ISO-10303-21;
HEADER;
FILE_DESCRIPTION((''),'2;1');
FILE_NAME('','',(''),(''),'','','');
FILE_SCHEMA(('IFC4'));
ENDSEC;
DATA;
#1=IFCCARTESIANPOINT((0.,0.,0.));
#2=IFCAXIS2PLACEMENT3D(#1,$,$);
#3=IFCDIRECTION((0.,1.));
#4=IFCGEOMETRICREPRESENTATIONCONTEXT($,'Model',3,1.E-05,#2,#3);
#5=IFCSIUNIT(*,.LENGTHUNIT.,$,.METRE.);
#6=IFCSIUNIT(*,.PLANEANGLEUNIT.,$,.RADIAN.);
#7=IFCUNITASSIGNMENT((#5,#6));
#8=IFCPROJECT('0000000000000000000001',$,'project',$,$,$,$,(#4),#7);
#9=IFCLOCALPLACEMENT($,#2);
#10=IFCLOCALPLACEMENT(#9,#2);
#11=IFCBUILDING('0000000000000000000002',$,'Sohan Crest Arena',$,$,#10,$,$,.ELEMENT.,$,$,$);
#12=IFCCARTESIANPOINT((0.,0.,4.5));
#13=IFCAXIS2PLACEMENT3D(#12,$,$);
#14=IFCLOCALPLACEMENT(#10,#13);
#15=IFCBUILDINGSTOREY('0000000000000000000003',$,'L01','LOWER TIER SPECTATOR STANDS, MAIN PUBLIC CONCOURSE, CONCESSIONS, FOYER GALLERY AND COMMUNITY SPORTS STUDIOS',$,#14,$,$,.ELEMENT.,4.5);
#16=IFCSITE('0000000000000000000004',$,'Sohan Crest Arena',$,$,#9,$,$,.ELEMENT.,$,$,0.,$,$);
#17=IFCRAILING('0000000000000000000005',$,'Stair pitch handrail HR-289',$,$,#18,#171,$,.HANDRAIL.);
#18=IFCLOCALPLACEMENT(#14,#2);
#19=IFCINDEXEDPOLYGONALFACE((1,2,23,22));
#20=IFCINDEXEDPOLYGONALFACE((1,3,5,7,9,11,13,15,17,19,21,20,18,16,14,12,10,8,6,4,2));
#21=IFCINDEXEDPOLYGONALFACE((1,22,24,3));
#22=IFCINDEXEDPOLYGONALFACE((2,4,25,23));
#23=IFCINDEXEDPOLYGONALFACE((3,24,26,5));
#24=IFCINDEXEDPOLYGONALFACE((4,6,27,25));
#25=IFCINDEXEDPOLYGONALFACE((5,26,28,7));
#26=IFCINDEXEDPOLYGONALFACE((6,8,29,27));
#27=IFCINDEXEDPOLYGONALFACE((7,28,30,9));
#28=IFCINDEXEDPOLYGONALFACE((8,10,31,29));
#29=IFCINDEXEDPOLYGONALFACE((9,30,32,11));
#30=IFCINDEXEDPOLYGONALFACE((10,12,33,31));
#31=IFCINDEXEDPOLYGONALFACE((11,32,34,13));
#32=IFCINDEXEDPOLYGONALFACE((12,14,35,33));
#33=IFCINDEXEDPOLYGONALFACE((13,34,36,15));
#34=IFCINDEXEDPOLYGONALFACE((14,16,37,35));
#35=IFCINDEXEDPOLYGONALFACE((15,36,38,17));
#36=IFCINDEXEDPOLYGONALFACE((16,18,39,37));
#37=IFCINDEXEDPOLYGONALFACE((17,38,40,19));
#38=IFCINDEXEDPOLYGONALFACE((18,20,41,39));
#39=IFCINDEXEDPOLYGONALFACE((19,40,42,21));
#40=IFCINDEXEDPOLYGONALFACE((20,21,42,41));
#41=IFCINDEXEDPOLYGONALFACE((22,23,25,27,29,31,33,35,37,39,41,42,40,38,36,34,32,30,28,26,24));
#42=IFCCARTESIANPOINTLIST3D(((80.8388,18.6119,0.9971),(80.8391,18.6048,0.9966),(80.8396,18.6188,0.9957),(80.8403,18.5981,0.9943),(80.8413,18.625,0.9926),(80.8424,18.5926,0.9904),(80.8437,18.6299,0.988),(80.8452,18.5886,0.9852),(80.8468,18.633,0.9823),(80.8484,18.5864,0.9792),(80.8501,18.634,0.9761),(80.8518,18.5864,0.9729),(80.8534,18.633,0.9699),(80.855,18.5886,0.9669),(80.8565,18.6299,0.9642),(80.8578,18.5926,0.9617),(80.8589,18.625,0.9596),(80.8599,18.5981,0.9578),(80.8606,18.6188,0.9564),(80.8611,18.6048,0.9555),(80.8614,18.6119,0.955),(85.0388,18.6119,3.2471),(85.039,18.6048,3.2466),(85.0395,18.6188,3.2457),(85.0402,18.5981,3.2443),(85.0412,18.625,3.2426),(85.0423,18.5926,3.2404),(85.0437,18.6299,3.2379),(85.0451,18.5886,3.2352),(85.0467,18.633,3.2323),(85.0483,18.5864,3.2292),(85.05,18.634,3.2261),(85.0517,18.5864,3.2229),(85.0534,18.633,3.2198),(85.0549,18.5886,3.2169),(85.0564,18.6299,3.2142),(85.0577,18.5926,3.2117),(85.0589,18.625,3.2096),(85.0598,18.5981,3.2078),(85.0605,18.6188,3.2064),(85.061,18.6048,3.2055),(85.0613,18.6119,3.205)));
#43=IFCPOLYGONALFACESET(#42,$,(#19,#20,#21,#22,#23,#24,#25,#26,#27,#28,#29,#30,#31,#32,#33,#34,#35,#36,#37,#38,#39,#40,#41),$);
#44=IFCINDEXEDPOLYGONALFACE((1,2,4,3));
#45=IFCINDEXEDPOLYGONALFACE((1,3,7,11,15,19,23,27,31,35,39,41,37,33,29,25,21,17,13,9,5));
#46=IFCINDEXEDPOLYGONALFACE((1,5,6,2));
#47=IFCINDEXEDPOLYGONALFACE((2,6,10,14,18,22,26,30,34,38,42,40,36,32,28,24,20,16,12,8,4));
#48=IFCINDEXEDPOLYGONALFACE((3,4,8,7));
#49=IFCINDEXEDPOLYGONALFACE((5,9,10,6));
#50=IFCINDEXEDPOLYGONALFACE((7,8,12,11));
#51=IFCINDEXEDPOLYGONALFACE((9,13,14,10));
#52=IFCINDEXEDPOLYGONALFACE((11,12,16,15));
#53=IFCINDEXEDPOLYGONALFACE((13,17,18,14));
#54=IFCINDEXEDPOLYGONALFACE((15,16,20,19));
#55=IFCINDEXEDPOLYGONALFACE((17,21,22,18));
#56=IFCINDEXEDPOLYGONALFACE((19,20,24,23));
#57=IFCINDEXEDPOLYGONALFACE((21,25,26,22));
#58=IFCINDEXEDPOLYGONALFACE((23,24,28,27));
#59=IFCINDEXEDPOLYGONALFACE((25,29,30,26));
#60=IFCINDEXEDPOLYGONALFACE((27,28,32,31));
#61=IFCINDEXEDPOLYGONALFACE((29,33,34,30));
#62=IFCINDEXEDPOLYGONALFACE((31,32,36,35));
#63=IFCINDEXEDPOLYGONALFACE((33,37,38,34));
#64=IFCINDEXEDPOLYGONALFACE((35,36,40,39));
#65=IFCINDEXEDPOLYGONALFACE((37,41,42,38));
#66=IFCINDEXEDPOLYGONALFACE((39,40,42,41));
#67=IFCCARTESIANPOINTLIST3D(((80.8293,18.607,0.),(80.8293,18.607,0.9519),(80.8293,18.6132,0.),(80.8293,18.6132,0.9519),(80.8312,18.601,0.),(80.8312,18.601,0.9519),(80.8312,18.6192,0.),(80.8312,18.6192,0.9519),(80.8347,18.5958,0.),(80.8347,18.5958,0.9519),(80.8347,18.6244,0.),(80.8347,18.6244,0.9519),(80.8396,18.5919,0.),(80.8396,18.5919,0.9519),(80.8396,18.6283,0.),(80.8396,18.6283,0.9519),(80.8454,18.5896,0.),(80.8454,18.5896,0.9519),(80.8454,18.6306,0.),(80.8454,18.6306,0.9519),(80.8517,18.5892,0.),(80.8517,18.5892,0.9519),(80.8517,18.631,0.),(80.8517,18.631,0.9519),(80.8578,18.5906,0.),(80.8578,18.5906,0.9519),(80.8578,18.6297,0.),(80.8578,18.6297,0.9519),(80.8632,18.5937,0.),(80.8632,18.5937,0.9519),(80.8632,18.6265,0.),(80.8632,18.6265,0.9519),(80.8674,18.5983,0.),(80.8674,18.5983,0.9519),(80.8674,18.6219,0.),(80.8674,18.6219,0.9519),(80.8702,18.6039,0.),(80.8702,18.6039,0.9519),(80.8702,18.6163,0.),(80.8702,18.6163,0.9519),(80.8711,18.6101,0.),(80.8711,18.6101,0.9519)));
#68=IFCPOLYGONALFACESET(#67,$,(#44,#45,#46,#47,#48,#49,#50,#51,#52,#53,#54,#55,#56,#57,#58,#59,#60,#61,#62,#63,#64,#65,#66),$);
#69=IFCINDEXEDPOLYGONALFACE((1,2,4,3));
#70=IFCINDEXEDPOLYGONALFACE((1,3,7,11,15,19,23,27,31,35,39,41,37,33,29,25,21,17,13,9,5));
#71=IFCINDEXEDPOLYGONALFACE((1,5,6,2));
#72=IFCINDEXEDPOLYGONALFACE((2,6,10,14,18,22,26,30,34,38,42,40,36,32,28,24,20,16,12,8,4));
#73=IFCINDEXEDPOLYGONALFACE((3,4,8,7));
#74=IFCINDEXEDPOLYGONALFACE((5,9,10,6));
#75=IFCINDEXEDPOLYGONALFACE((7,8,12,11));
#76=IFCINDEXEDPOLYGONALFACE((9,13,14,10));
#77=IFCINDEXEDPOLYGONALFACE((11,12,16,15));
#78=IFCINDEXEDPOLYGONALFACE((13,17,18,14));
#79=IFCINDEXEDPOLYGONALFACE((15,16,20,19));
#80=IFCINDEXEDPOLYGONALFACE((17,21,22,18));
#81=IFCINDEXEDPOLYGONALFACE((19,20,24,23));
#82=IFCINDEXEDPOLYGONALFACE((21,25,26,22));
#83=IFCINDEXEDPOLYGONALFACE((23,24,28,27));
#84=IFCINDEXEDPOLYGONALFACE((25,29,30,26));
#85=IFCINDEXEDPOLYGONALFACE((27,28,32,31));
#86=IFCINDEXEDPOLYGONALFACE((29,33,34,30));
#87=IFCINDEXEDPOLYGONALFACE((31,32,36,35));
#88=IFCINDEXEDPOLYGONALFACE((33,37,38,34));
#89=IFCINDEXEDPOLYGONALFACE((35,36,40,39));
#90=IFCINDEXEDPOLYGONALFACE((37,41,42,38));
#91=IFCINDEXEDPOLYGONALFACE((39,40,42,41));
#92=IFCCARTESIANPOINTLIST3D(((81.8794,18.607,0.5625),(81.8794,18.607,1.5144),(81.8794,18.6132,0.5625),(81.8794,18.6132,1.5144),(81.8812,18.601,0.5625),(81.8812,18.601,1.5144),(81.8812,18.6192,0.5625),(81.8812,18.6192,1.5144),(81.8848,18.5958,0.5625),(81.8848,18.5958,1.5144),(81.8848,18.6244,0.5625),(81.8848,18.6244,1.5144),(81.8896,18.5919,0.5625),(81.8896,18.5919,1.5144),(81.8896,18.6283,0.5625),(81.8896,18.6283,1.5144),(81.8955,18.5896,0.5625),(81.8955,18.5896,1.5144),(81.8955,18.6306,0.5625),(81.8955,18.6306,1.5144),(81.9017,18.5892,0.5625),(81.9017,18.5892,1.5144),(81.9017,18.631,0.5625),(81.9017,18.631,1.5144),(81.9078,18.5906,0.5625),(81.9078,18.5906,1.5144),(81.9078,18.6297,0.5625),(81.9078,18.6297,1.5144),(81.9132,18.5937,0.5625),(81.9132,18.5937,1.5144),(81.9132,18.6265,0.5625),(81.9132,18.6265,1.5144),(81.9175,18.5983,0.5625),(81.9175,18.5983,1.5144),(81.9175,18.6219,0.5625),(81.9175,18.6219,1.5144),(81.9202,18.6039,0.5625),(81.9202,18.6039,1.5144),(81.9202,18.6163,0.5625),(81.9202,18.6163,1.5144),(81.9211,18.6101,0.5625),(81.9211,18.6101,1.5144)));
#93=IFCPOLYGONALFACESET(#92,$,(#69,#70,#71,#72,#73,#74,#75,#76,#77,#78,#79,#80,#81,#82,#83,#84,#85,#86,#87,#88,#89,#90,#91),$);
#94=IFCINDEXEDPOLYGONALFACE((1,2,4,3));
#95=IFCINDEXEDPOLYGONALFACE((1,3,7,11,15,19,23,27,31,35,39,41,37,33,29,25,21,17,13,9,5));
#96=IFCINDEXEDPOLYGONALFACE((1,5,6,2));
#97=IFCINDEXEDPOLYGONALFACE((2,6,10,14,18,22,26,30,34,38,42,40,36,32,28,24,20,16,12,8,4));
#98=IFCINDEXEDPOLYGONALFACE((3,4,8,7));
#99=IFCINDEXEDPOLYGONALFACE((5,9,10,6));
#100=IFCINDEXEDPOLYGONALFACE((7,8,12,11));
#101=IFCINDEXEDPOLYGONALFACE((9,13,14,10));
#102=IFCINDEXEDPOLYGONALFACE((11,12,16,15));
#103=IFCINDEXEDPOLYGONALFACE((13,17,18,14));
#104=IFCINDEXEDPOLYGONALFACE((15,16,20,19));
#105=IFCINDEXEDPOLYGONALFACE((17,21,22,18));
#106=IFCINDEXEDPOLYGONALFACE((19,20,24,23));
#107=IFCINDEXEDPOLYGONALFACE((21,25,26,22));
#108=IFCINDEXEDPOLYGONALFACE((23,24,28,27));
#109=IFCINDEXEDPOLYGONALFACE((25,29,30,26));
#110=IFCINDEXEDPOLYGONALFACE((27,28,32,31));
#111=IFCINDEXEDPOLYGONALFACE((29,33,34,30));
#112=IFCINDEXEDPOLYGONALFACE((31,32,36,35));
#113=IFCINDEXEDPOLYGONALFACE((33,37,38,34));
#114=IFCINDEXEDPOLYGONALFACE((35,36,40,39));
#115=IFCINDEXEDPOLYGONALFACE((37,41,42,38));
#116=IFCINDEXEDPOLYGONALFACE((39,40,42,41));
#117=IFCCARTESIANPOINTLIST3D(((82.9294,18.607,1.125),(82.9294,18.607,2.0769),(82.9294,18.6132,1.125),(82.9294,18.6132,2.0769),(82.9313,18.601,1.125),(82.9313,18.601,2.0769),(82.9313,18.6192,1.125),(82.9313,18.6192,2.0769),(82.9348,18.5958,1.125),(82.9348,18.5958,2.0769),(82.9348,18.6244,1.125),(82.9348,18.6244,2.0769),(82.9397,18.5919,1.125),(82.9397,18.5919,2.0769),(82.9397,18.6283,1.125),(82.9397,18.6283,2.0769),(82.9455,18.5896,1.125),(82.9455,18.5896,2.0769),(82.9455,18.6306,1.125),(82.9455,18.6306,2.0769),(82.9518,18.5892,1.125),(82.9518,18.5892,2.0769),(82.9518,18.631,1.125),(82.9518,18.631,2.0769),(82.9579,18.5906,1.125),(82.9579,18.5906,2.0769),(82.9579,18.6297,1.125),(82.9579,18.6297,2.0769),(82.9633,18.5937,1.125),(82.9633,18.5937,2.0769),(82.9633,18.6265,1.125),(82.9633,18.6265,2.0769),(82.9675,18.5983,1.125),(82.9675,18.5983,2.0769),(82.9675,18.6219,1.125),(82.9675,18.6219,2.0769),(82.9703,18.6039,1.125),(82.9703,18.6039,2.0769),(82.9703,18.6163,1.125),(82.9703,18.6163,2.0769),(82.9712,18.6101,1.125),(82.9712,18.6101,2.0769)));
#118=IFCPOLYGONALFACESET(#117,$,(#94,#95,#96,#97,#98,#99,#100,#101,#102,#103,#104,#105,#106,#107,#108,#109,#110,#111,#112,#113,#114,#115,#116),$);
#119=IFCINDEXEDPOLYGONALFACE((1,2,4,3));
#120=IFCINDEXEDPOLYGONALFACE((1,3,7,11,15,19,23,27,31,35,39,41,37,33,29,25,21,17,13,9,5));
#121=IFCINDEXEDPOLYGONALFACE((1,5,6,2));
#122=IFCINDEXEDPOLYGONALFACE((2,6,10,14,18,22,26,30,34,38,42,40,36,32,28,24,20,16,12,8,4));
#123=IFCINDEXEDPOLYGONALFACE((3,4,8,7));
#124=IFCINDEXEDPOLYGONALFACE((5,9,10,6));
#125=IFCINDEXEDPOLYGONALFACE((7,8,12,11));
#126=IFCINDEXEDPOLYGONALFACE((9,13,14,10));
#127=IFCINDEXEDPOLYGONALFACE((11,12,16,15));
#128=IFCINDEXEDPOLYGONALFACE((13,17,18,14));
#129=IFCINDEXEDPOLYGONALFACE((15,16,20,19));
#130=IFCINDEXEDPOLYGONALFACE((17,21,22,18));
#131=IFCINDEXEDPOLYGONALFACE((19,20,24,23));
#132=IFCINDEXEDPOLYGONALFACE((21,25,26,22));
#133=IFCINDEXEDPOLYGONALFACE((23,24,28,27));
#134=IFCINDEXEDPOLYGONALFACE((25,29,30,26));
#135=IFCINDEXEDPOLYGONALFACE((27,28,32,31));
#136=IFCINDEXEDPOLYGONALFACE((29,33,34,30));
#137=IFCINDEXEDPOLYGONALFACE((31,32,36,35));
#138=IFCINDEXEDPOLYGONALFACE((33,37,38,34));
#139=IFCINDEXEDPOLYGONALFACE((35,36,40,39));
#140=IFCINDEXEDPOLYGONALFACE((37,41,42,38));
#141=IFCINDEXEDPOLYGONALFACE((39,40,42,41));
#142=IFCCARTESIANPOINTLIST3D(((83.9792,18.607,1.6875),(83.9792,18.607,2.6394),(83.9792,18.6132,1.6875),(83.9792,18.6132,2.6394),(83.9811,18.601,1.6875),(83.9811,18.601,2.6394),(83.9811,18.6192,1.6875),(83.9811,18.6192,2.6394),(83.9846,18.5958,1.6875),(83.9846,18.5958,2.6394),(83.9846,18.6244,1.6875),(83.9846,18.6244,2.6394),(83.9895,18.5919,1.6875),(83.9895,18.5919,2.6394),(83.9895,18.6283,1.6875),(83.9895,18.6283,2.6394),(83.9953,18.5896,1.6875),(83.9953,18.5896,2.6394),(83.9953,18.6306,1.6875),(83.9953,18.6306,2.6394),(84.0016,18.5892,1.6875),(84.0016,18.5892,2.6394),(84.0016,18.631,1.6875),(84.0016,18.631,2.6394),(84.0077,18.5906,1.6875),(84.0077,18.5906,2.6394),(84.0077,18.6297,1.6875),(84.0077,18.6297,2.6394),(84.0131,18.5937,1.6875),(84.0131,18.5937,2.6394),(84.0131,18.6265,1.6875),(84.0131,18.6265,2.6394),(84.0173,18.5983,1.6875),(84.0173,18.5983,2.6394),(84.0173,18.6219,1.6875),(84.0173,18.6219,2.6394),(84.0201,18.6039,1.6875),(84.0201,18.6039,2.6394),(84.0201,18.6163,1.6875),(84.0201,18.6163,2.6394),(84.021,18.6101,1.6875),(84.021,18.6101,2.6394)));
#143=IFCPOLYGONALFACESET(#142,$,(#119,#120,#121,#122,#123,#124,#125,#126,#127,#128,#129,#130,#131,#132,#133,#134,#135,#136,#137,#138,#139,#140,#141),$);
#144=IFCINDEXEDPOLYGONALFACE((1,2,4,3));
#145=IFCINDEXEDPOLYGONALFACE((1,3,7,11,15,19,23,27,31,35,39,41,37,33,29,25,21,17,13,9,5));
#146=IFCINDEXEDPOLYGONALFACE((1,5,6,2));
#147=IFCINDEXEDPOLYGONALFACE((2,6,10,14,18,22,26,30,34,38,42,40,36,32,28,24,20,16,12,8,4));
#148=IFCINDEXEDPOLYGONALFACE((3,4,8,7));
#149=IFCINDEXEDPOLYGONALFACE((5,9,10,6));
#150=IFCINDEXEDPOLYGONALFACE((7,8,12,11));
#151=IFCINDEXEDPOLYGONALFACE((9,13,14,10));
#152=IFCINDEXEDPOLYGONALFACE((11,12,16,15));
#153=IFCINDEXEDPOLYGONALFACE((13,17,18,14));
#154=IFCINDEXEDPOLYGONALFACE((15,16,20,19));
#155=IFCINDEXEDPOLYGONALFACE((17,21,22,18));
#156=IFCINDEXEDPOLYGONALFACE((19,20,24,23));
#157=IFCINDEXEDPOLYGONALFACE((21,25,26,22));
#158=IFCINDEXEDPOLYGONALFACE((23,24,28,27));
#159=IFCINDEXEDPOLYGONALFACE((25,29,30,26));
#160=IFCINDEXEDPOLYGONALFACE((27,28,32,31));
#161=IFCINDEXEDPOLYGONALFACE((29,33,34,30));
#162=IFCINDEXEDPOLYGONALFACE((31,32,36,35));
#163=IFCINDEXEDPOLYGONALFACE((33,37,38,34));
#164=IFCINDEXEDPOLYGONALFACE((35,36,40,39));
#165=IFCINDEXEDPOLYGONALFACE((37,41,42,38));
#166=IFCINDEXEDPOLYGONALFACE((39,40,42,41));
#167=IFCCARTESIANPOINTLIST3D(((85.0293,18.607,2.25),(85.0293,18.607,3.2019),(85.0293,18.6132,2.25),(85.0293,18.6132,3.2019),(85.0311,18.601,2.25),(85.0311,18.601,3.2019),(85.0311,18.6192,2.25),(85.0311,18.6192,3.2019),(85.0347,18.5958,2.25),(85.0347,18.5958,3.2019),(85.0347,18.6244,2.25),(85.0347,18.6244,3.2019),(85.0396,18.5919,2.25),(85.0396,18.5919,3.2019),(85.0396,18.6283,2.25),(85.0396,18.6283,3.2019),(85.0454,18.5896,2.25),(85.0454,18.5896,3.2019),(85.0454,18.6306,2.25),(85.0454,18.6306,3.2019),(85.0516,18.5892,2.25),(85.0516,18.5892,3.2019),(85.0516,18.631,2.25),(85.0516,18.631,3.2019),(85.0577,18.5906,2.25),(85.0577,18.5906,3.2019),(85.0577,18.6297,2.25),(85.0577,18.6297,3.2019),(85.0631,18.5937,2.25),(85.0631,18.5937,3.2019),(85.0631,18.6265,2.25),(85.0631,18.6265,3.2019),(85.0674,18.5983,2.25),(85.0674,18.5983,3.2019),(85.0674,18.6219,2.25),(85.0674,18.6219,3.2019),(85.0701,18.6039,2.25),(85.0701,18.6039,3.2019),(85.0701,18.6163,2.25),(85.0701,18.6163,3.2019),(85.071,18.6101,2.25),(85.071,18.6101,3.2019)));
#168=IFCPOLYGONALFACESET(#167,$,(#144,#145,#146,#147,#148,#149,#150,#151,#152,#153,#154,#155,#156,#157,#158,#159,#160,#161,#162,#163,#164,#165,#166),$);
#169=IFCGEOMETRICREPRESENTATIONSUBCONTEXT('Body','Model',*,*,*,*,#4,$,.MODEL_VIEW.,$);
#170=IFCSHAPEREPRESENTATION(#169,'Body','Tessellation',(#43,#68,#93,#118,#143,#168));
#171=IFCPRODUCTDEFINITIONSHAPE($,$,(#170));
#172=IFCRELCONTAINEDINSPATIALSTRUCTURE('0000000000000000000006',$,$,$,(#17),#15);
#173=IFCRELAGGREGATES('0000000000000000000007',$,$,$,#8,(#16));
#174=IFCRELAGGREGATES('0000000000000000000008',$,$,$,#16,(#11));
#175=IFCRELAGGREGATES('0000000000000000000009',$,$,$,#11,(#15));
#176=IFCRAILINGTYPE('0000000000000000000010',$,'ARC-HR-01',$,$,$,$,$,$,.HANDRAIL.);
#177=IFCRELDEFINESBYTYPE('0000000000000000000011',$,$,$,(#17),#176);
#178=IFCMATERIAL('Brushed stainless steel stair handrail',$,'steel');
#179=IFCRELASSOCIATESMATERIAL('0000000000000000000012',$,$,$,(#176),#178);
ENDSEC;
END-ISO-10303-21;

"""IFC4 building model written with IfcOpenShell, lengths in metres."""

from ifc_helpers import new_model, si_unit, direction, frame, origin, origin_2d, place, context, subcontext, project, spatial, circle, extrude, material, type_object, element, save


model = new_model("IFC4")

# Units and contexts
model_context = context("Model", 3, precision=1e-05, world=origin(), true_north=direction((0.0, 1.0)))
body_context = subcontext(model_context, "Body", "Model", "MODEL_VIEW")
ifc_project = project(units=[si_unit("LENGTHUNIT", "METRE"), si_unit("PLANEANGLEUNIT", "RADIAN")], contexts=[model_context])

# Site, building, storey
site_placement = place(None, origin())
site = spatial("IfcSite", under=ifc_project, at=site_placement, Name="Sohan Crest Arena", CompositionType="ELEMENT", RefElevation=0.0)
building_placement = place(site_placement, origin())
building = spatial("IfcBuilding", under=site, at=building_placement, Name="Sohan Crest Arena", CompositionType="ELEMENT")
storey_placement = place(building_placement, frame((0.0, 0.0, 4.5)))
storey = spatial("IfcBuildingStorey", under=building, at=storey_placement, Name="L01", Description="LOWER TIER SPECTATOR STANDS, MAIN PUBLIC CONCOURSE, CONCESSIONS, FOYER GALLERY AND COMMUNITY SPORTS STUDIOS", CompositionType="ELEMENT", Elevation=4.5)

# Railing
ifc_material_1 = material(Name="Brushed stainless steel stair handrail", Category="steel")
railing_type_1 = type_object("IfcRailingType", Name="ARC-HR-01", PredefinedType="HANDRAIL", material=ifc_material_1)
for number, where, name in (
    (1, (80.8501, 18.6101, 0.0), "Stair pitch handrail HR-289"),
):
    element("IfcRailing", number, at=place(storey_placement, frame(where)), inside=storey, type_object=railing_type_1, Name=name, PredefinedType="HANDRAIL", context=body_context, shape_type="SweptSolid", body=[
        extrude(circle(Radius=0.0239, at=origin_2d()), frame((0.0, 0.0, 0.9761), z_axis=(0.881478, 0.0, 0.472226), x_axis=(0.0, 1.0, 0.0)), (0.0, 0.0, 1.0), 4.7646),
        extrude(circle(Radius=0.021, at=origin_2d()), origin(), (0.0, 0.0, 1.0), 0.9519),
        extrude(circle(Radius=0.021, at=origin_2d()), frame((1.05, 0.0, 0.5625)), (0.0, 0.0, 1.0), 0.9519),
        extrude(circle(Radius=0.021, at=origin_2d()), frame((2.1001, 0.0, 1.125)), (0.0, 0.0, 1.0), 0.9519),
        extrude(circle(Radius=0.021, at=origin_2d()), frame((3.1499, 0.0, 1.6875)), (0.0, 0.0, 1.0), 0.9519),
        extrude(circle(Radius=0.021, at=origin_2d()), frame((4.2, 0.0, 2.25)), (0.0, 0.0, 1.0), 0.9519),
    ])

save(model, "model.ifc")
